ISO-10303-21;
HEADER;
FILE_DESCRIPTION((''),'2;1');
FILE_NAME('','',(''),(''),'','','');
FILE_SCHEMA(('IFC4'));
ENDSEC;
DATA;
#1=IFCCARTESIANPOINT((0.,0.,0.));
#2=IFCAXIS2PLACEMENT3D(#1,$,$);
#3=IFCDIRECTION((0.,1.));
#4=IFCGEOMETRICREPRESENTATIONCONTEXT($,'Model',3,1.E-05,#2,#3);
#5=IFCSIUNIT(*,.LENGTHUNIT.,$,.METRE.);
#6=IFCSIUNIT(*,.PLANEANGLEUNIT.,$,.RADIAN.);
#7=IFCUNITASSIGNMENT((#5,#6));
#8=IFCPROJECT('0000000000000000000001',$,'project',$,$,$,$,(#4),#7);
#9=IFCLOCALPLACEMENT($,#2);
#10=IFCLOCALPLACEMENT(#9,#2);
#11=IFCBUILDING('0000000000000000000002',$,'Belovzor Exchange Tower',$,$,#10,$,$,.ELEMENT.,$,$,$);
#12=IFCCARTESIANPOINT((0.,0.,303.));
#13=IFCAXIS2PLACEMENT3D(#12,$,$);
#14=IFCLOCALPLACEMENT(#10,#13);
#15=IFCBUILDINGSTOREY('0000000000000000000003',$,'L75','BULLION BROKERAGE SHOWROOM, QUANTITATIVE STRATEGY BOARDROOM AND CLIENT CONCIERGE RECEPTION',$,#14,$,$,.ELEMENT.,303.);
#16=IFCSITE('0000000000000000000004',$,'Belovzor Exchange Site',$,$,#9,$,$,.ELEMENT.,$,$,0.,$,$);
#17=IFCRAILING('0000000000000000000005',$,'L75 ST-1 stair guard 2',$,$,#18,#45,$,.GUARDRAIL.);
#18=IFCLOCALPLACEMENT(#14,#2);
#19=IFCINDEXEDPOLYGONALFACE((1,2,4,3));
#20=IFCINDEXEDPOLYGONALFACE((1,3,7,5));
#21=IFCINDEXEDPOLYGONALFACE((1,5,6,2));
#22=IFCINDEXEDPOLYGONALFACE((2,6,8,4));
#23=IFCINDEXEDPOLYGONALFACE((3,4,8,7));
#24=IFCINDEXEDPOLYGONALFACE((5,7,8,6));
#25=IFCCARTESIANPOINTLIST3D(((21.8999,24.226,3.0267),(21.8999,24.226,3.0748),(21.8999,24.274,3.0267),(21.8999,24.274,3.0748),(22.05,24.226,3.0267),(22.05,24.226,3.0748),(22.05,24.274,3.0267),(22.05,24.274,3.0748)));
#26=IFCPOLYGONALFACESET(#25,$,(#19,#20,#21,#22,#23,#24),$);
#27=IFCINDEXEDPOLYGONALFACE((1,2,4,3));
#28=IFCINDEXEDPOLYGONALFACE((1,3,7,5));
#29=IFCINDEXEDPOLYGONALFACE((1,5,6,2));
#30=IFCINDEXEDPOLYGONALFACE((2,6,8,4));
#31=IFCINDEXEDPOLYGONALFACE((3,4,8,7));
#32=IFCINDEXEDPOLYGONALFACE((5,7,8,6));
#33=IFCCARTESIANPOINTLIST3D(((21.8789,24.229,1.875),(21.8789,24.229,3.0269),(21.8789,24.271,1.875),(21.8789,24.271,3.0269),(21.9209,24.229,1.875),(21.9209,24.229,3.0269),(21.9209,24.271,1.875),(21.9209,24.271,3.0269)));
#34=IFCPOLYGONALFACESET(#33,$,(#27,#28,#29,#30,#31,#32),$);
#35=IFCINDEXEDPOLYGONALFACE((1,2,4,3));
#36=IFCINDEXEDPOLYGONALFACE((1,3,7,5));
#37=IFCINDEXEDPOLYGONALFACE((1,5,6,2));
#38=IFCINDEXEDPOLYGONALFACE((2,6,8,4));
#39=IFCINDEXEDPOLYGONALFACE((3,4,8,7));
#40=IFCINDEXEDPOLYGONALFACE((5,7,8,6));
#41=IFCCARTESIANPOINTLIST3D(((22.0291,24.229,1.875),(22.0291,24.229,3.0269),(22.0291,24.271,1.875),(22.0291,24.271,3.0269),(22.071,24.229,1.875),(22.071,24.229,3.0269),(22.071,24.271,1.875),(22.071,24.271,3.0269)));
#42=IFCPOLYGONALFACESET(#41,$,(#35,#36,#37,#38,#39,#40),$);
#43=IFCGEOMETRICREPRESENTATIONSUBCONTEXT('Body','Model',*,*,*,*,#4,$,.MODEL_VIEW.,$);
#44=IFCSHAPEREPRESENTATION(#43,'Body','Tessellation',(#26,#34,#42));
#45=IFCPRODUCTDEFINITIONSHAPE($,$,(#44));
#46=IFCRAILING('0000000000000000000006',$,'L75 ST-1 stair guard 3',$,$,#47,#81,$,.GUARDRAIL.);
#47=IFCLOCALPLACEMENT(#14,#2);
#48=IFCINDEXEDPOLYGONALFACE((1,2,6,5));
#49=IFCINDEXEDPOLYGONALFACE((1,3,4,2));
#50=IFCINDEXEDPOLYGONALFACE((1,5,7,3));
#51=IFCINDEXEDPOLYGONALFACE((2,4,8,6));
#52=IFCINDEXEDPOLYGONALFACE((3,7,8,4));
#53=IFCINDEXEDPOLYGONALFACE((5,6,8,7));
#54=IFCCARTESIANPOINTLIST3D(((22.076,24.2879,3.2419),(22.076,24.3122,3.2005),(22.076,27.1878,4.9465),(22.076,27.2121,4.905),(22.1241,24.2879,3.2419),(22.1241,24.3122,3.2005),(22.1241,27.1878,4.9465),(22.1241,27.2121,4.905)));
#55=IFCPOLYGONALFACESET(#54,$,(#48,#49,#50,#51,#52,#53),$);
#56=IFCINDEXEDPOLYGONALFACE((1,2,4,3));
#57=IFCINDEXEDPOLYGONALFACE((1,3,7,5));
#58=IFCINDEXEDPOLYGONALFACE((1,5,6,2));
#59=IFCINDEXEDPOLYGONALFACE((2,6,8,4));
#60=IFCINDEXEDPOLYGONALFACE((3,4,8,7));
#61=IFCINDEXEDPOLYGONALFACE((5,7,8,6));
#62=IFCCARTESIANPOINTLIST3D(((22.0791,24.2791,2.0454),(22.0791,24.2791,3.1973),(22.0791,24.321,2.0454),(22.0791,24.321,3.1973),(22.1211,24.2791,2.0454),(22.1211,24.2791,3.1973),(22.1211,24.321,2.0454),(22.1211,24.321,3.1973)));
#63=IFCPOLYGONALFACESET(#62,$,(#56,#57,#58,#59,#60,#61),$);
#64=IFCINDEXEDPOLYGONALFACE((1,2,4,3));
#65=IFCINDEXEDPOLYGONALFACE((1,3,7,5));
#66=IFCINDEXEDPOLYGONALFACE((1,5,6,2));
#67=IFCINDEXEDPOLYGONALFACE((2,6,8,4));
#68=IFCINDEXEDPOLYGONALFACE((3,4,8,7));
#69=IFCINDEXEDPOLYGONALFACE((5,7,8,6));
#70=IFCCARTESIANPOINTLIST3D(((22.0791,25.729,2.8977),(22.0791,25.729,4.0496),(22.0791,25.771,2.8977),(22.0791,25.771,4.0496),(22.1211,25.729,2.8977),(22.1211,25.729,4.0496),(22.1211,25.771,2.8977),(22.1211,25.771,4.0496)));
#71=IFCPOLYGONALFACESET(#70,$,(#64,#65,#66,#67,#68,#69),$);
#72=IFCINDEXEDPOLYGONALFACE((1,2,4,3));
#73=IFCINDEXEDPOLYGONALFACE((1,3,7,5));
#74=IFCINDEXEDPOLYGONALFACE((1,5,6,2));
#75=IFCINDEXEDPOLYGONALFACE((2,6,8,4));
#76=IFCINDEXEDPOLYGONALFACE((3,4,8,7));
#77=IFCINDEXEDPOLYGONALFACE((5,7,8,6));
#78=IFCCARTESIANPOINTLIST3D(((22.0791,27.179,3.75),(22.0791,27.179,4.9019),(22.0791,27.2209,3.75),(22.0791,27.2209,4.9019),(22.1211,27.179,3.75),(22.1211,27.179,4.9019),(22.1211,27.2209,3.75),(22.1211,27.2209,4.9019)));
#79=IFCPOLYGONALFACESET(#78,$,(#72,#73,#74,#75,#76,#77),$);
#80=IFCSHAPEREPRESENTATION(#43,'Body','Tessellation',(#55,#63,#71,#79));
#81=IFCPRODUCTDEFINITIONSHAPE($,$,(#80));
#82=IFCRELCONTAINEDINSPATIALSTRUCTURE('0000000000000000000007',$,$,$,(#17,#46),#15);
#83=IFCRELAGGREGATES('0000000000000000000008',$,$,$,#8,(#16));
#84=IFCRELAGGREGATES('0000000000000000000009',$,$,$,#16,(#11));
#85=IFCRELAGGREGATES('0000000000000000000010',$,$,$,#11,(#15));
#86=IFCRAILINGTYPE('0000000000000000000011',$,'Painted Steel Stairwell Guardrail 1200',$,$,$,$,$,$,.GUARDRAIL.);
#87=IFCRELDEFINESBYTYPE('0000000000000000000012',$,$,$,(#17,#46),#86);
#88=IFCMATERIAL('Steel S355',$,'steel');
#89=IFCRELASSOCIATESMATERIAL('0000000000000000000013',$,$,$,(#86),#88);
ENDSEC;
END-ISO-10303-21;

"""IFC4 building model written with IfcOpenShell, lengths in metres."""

from ifc_helpers import new_model, si_unit, direction, frame, origin, origin_2d, place, context, subcontext, project, spatial, rectangle, extrude, material, type_object, element, save


model = new_model("IFC4")

# Units and contexts
model_context = context("Model", 3, precision=1e-05, world=origin(), true_north=direction((0.0, 1.0)))
body_context = subcontext(model_context, "Body", "Model", "MODEL_VIEW")
ifc_project = project(units=[si_unit("LENGTHUNIT", "METRE"), si_unit("PLANEANGLEUNIT", "RADIAN")], contexts=[model_context])

# Site, building, storey
site_placement = place(None, origin())
site = spatial("IfcSite", under=ifc_project, at=site_placement, Name="Belovzor Exchange Site", CompositionType="ELEMENT", RefElevation=0.0)
building_placement = place(site_placement, origin())
building = spatial("IfcBuilding", under=site, at=building_placement, Name="Belovzor Exchange Tower", CompositionType="ELEMENT")
storey_placement = place(building_placement, frame((0.0, 0.0, 303.0)))
storey = spatial("IfcBuildingStorey", under=building, at=storey_placement, Name="L75", Description="BULLION BROKERAGE SHOWROOM, QUANTITATIVE STRATEGY BOARDROOM AND CLIENT CONCIERGE RECEPTION", CompositionType="ELEMENT", Elevation=303.0)

# Railings
ifc_material_1 = material(Name="Steel S355", Category="steel")
railing_type_1 = type_object("IfcRailingType", Name="Painted Steel Stairwell Guardrail 1200", PredefinedType="GUARDRAIL", material=ifc_material_1)
railing_1_placement = place(storey_placement, frame((21.8999, 24.25, 1.875)))
element("IfcRailing", 1, at=railing_1_placement, inside=storey, type_object=railing_type_1, Name="L75 ST-1 stair guard 2", PredefinedType="GUARDRAIL", context=body_context, shape_type="SweptSolid", body=[
    extrude(rectangle(XDim=0.0481, YDim=0.0481, at=origin_2d()), frame((0.0, 0.0, 1.1758), z_axis=(1.0, 0.0, 0.0), x_axis=(0.0, 1.0, 0.0)), (0.0, 0.0, 1.0), 0.1501),
    extrude(rectangle(XDim=0.042, YDim=0.042, at=origin_2d()), origin(), (0.0, 0.0, 1.0), 1.1519),
    extrude(rectangle(XDim=0.042, YDim=0.042, at=origin_2d()), frame((0.1501, 0.0, 0.0)), (0.0, 0.0, 1.0), 1.1519),
])
railing_2_placement = place(storey_placement, frame((22.1001, 24.3, 2.0454)))
element("IfcRailing", 2, at=railing_2_placement, inside=storey, type_object=railing_type_1, Name="L75 ST-1 stair guard 3", PredefinedType="GUARDRAIL", context=body_context, shape_type="SweptSolid", body=[
    extrude(rectangle(XDim=0.0481, YDim=0.0481, at=origin_2d()), frame((0.0, 0.0, 1.1758), z_axis=(0.0, 0.862095, 0.506747), x_axis=(-1.0, 0.0, 0.0)), (0.0, 0.0, 1.0), 3.3638),
    extrude(rectangle(XDim=0.042, YDim=0.042, at=origin_2d()), origin(), (0.0, 0.0, 1.0), 1.1519),
    extrude(rectangle(XDim=0.042, YDim=0.042, at=origin_2d()), frame((0.0, 1.45, 0.8523)), (0.0, 0.0, 1.0), 1.1519),
    extrude(rectangle(XDim=0.042, YDim=0.042, at=origin_2d()), frame((0.0, 2.8999, 1.7046)), (0.0, 0.0, 1.0), 1.1519),
])

save(model, "model.ifc")
